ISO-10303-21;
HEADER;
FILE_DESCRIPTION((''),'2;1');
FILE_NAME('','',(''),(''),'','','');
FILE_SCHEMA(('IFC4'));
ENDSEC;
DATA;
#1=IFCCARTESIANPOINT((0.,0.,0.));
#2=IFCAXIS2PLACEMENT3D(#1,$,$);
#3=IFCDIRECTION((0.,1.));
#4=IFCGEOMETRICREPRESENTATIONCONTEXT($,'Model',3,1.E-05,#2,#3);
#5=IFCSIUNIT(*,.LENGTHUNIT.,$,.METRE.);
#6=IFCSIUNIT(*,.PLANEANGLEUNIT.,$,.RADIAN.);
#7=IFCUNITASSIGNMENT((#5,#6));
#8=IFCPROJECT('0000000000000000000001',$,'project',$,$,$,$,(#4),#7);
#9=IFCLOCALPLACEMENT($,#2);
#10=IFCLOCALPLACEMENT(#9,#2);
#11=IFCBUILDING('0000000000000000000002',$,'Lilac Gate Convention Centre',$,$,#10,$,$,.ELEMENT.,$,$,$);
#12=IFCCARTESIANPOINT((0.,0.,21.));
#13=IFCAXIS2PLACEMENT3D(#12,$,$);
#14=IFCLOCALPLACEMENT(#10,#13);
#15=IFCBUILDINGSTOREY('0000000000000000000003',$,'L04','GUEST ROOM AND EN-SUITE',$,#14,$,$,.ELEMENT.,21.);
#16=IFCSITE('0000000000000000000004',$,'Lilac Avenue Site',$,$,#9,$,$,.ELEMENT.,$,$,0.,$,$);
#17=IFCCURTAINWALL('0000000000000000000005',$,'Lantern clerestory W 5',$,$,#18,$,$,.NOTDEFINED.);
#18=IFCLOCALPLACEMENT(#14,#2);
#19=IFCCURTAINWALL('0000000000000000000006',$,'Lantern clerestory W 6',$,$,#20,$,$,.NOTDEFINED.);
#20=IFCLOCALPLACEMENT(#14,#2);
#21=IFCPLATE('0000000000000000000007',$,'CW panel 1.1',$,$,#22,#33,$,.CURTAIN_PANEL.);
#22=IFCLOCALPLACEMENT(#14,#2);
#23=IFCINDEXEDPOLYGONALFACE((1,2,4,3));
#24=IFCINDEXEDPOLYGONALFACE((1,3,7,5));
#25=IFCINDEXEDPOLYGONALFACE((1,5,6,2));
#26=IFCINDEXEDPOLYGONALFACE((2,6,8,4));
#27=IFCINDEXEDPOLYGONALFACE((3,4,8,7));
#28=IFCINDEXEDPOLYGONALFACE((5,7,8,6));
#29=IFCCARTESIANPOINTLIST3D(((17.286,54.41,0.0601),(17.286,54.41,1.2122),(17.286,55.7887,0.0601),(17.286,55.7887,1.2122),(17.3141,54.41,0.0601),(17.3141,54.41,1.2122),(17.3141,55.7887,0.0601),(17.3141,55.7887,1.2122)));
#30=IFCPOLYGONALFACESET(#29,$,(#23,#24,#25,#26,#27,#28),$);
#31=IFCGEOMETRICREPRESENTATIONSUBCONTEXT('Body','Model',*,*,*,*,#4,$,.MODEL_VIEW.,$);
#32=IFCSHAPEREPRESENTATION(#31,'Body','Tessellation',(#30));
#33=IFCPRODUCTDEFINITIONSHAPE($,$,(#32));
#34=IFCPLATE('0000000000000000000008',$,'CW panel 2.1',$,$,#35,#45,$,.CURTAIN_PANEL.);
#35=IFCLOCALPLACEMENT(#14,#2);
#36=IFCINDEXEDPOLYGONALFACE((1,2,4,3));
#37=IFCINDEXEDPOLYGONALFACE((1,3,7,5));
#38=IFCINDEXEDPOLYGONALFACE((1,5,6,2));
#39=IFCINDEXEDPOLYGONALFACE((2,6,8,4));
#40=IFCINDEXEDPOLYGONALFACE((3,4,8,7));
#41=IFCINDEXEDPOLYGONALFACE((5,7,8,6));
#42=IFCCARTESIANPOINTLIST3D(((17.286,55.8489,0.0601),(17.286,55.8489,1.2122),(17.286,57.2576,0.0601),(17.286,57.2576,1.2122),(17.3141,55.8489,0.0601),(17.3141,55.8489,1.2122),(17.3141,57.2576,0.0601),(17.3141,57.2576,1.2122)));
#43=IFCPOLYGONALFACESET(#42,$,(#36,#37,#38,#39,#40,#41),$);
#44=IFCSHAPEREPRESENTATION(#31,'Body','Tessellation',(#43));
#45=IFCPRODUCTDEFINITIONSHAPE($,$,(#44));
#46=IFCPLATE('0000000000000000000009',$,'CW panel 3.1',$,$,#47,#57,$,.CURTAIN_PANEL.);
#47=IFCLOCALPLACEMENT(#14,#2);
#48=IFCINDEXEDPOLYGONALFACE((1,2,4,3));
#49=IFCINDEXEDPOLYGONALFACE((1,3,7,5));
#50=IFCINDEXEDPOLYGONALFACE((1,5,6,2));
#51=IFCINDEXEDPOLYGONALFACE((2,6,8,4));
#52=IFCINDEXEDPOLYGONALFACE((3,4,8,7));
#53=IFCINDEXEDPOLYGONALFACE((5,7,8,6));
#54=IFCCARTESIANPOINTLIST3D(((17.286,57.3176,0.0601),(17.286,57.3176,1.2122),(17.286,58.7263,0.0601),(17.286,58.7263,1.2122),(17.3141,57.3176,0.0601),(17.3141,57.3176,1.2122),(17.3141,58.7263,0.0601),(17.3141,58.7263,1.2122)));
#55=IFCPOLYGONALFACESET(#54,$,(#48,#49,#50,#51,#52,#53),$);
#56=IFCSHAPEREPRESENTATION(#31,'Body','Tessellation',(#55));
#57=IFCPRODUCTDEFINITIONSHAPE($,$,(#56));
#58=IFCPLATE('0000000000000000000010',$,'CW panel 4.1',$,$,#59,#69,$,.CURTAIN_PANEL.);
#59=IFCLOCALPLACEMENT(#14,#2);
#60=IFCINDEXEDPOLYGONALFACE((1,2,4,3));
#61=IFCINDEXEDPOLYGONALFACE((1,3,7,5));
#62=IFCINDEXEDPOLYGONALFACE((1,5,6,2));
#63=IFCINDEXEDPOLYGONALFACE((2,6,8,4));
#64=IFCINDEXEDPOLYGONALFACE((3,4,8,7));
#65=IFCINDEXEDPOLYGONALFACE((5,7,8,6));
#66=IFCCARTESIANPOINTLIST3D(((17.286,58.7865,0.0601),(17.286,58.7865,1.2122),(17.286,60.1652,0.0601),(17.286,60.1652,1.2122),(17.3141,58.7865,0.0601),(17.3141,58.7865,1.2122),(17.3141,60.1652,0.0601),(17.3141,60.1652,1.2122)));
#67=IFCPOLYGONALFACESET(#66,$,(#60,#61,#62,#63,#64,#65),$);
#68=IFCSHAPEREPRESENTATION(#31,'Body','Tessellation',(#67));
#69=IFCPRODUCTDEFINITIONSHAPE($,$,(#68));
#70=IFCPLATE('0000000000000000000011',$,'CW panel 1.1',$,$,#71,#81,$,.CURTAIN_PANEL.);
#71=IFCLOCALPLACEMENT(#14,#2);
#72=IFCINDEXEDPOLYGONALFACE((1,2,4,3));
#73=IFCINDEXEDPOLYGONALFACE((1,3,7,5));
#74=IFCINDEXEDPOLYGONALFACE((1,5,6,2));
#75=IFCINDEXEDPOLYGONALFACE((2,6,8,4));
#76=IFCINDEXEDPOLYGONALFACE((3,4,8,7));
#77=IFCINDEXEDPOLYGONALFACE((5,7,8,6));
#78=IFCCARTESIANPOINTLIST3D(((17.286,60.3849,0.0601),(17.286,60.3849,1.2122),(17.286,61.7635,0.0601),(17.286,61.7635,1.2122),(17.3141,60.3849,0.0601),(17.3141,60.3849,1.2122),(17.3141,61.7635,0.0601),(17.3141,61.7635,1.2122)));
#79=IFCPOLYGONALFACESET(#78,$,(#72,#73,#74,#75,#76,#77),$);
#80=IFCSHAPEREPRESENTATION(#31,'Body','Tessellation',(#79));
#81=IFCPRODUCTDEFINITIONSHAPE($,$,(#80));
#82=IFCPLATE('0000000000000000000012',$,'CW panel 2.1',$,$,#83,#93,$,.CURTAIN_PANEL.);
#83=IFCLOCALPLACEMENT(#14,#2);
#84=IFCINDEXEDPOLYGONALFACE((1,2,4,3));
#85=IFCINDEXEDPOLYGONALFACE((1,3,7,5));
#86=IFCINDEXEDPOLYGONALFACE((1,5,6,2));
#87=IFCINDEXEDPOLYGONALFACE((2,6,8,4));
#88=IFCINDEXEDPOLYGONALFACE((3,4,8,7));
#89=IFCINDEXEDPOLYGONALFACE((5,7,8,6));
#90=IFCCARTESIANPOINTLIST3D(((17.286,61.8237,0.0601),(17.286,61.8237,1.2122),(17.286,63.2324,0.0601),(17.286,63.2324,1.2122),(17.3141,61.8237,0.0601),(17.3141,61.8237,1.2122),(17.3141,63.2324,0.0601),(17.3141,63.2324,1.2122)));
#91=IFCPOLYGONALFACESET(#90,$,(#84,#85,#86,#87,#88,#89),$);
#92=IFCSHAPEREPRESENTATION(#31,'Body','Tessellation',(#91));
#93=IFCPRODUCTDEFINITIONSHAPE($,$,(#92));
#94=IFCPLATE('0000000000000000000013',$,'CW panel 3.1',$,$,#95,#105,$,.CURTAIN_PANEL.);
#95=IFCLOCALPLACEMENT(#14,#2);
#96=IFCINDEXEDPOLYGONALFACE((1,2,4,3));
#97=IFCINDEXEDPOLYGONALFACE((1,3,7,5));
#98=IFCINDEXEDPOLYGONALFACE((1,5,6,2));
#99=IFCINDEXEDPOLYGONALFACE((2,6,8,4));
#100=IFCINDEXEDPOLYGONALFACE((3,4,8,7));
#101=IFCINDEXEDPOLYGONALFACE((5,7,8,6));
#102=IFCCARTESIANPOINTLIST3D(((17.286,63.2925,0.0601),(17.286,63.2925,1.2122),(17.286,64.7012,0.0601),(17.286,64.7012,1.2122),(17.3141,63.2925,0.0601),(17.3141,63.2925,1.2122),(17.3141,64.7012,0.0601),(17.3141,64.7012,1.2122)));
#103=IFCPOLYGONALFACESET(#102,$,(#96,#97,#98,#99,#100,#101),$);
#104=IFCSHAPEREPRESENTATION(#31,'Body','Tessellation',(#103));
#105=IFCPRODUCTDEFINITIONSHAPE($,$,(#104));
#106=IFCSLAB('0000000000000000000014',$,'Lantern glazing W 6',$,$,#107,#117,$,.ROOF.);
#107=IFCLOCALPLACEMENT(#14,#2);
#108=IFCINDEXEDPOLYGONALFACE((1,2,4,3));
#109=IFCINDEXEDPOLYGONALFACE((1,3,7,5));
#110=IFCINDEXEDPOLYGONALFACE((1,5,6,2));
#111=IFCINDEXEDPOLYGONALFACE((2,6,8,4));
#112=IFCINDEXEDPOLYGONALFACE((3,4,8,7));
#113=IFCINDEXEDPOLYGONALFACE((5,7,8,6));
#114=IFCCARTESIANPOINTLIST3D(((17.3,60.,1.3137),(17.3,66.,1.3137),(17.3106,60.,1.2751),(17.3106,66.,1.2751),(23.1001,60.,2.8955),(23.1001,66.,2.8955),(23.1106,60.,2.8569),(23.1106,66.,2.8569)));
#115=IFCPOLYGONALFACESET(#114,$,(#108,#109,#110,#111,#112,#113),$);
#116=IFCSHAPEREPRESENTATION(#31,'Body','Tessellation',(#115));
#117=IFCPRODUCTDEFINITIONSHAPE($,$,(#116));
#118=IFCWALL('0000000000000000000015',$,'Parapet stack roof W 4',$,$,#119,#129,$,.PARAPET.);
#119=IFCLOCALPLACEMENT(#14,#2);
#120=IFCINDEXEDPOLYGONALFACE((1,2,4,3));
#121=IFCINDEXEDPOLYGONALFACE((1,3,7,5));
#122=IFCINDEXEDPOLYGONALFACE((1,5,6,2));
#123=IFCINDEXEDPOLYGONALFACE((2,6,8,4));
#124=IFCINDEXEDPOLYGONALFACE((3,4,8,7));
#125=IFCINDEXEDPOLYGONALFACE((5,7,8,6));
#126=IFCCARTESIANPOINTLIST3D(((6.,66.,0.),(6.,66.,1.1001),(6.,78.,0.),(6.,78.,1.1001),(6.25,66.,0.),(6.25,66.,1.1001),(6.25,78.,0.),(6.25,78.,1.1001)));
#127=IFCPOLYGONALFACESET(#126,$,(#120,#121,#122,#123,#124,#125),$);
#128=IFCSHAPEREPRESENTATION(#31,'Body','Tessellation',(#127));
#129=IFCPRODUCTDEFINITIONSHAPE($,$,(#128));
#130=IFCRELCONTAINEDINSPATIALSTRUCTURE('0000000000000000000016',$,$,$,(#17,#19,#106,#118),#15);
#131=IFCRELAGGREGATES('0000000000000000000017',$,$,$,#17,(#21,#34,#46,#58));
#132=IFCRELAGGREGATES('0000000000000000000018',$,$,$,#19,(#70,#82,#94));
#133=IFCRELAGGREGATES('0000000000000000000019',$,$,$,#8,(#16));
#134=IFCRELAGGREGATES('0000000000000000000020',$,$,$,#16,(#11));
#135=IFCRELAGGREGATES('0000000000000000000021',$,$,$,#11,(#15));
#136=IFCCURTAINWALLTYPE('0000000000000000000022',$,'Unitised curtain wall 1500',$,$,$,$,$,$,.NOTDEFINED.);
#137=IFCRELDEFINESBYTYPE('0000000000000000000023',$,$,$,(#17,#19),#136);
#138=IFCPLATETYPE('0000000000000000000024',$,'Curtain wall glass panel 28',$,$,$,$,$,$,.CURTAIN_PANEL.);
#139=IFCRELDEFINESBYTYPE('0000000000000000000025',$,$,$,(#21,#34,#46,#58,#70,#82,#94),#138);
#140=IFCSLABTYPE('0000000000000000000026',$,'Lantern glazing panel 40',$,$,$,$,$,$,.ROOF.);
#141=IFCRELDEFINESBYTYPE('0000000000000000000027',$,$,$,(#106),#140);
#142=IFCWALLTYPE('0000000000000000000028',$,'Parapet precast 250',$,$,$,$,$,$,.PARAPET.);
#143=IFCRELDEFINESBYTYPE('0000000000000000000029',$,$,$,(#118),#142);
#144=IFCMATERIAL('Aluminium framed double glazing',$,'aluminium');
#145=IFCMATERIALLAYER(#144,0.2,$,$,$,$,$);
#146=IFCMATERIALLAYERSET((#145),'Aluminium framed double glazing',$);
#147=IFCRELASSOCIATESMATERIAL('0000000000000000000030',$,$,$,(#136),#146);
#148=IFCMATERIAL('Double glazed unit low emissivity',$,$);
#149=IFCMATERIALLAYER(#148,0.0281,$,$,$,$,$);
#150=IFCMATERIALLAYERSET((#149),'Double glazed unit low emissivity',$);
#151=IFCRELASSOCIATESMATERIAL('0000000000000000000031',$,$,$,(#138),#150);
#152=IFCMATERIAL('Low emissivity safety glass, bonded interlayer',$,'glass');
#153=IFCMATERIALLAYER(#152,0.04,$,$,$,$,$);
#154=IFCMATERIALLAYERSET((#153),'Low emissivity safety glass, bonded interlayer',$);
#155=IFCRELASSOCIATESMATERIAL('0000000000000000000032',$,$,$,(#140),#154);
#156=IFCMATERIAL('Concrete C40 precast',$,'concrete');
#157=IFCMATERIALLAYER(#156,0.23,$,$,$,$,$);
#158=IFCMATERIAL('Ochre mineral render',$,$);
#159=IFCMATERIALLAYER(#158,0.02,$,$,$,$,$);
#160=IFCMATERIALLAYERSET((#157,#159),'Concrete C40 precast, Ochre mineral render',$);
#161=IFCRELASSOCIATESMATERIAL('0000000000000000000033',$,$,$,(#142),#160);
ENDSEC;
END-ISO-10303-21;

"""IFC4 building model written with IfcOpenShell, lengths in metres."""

from ifc_helpers import new_model, si_unit, direction, frame, frame_2d, origin, origin_2d, place, context, subcontext, project, spatial, polyline, rectangle, outline, extrude, material, layer, layer_set, type_object, element, aggregate, save


model = new_model("IFC4")

# Units and contexts
model_context = context("Model", 3, precision=1e-05, world=origin(), true_north=direction((0.0, 1.0)))
body_context = subcontext(model_context, "Body", "Model", "MODEL_VIEW")
ifc_project = project(units=[si_unit("LENGTHUNIT", "METRE"), si_unit("PLANEANGLEUNIT", "RADIAN")], contexts=[model_context])

# Site, building, storey
site_placement = place(None, origin())
site = spatial("IfcSite", under=ifc_project, at=site_placement, Name="Lilac Avenue Site", CompositionType="ELEMENT", RefElevation=0.0)
building_placement = place(site_placement, origin())
building = spatial("IfcBuilding", under=site, at=building_placement, Name="Lilac Gate Convention Centre", CompositionType="ELEMENT")
storey_placement = place(building_placement, frame((0.0, 0.0, 21.0)))
storey = spatial("IfcBuildingStorey", under=building, at=storey_placement, Name="L04", Description="GUEST ROOM AND EN-SUITE", CompositionType="ELEMENT", Elevation=21.0)

# Shared definitions
ifc_material_1 = material(Name="Aluminium framed double glazing", Category="aluminium")
ifc_layer_1 = layer(ifc_material_1, 0.2)
ifc_layer_set_1 = layer_set([ifc_layer_1], Name="Aluminium framed double glazing")
curtain_wall_type = type_object("IfcCurtainWallType", Name="Unitised curtain wall 1500", PredefinedType="NOTDEFINED", material=ifc_layer_set_1)

# Curtain walls
curtain_wall_1_placement = place(storey_placement, origin())
curtain_wall_1 = element("IfcCurtainWall", 1, at=curtain_wall_1_placement, inside=storey, type_object=curtain_wall_type, Name="Lantern clerestory W 5", PredefinedType="NOTDEFINED")
curtain_wall_2_placement = place(storey_placement, origin())
curtain_wall_2 = element("IfcCurtainWall", 2, at=curtain_wall_2_placement, inside=storey, type_object=curtain_wall_type, Name="Lantern clerestory W 6", PredefinedType="NOTDEFINED")

# Plates
ifc_material_2 = material(Name="Double glazed unit low emissivity")
ifc_layer_2 = layer(ifc_material_2, 0.0281)
ifc_layer_set_2 = layer_set([ifc_layer_2], Name="Double glazed unit low emissivity")
plate_type = type_object("IfcPlateType", Name="Curtain wall glass panel 28", PredefinedType="CURTAIN_PANEL", material=ifc_layer_set_2)
plate_1_placement = place(storey_placement, frame((17.3, 55.0994, 0.0601), z_axis=(0.0, 0.0, 1.0), x_axis=(0.0, 1.0, 0.0)))
plate_1 = element("IfcPlate", 3, at=plate_1_placement, type_object=plate_type, Name="CW panel 1.1", PredefinedType="CURTAIN_PANEL", context=body_context, shape_type="SweptSolid", body=[
    extrude(rectangle(XDim=1.3787, YDim=0.0281, at=origin_2d()), origin(), (0.0, 0.0, 1.0), 1.1521),
])
plate_2_placement = place(storey_placement, frame((17.3, 56.5532, 0.0601), z_axis=(0.0, 0.0, 1.0), x_axis=(0.0, 1.0, 0.0)))
plate_2 = element("IfcPlate", 4, at=plate_2_placement, type_object=plate_type, Name="CW panel 2.1", PredefinedType="CURTAIN_PANEL", context=body_context, shape_type="SweptSolid", body=[
    extrude(rectangle(XDim=1.4087, YDim=0.0281, at=origin_2d()), origin(), (0.0, 0.0, 1.0), 1.1521),
])
plate_3_placement = place(storey_placement, frame((17.3, 58.022, 0.0601), z_axis=(0.0, 0.0, 1.0), x_axis=(0.0, 1.0, 0.0)))
plate_3 = element("IfcPlate", 5, at=plate_3_placement, type_object=plate_type, Name="CW panel 3.1", PredefinedType="CURTAIN_PANEL", context=body_context, shape_type="SweptSolid", body=[
    extrude(rectangle(XDim=1.4087, YDim=0.0281, at=origin_2d()), origin(), (0.0, 0.0, 1.0), 1.1521),
])
plate_4_placement = place(storey_placement, frame((17.3, 59.4758, 0.0601), z_axis=(0.0, 0.0, 1.0), x_axis=(0.0, 1.0, 0.0)))
plate_4 = element("IfcPlate", 6, at=plate_4_placement, type_object=plate_type, Name="CW panel 4.1", PredefinedType="CURTAIN_PANEL", context=body_context, shape_type="SweptSolid", body=[
    extrude(rectangle(XDim=1.3787, YDim=0.0281, at=origin_2d()), origin(), (0.0, 0.0, 1.0), 1.1521),
])
aggregate(curtain_wall_1, [plate_1, plate_2, plate_3, plate_4])
plate_5_placement = place(storey_placement, frame((17.3, 61.0742, 0.0601), z_axis=(0.0, 0.0, 1.0), x_axis=(0.0, 1.0, 0.0)))
plate_5 = element("IfcPlate", 7, at=plate_5_placement, type_object=plate_type, Name="CW panel 1.1", PredefinedType="CURTAIN_PANEL", context=body_context, shape_type="SweptSolid", body=[
    extrude(rectangle(XDim=1.3787, YDim=0.0281, at=origin_2d()), origin(), (0.0, 0.0, 1.0), 1.1521),
])
plate_6_placement = place(storey_placement, frame((17.3, 62.5281, 0.0601), z_axis=(0.0, 0.0, 1.0), x_axis=(0.0, 1.0, 0.0)))
plate_6 = element("IfcPlate", 8, at=plate_6_placement, type_object=plate_type, Name="CW panel 2.1", PredefinedType="CURTAIN_PANEL", context=body_context, shape_type="SweptSolid", body=[
    extrude(rectangle(XDim=1.4087, YDim=0.0281, at=origin_2d()), origin(), (0.0, 0.0, 1.0), 1.1521),
])
plate_7_placement = place(storey_placement, frame((17.3, 63.9968, 0.0601), z_axis=(0.0, 0.0, 1.0), x_axis=(0.0, 1.0, 0.0)))
plate_7 = element("IfcPlate", 9, at=plate_7_placement, type_object=plate_type, Name="CW panel 3.1", PredefinedType="CURTAIN_PANEL", context=body_context, shape_type="SweptSolid", body=[
    extrude(rectangle(XDim=1.4087, YDim=0.0281, at=origin_2d()), origin(), (0.0, 0.0, 1.0), 1.1521),
])
aggregate(curtain_wall_2, [plate_5, plate_6, plate_7])

# Slab
ifc_material_3 = material(Name="Low emissivity safety glass, bonded interlayer", Category="glass")
ifc_layer_3 = layer(ifc_material_3, 0.04)
ifc_layer_set_3 = layer_set([ifc_layer_3], Name="Low emissivity safety glass, bonded interlayer")
slab_type = type_object("IfcSlabType", Name="Lantern glazing panel 40", PredefinedType="ROOF", material=ifc_layer_set_3)
slab_placement = place(storey_placement, frame((17.3, 60.0, 1.3137), z_axis=(-0.263111, 0.0, 0.964766), x_axis=(0.964766, 0.0, 0.263111)))
element("IfcSlab", 10, at=slab_placement, inside=storey, type_object=slab_type, Name="Lantern glazing W 6", PredefinedType="ROOF", context=body_context, shape_type="SweptSolid", body=[
    extrude(outline(polyline([(0.0, 0.0), (6.0119, 0.0), (6.0119, 6.0), (0.0, 6.0), (0.0, 0.0)])), origin(), (0.0, 0.0, -1.0), 0.04),
])

# Wall
ifc_material_4 = material(Name="Concrete C40 precast", Category="concrete")
ifc_layer_4 = layer(ifc_material_4, 0.23)
ifc_material_5 = material(Name="Ochre mineral render")
ifc_layer_5 = layer(ifc_material_5, 0.02)
ifc_layer_set_4 = layer_set([ifc_layer_4, ifc_layer_5], Name="Concrete C40 precast, Ochre mineral render")
wall_type = type_object("IfcWallType", Name="Parapet precast 250", PredefinedType="PARAPET", material=ifc_layer_set_4)
wall_placement = place(storey_placement, frame((6.125, 66.0, 0.0), z_axis=(0.0, 0.0, 1.0), x_axis=(0.0, 1.0, 0.0)))
element("IfcWall", 11, at=wall_placement, inside=storey, type_object=wall_type, Name="Parapet stack roof W 4", PredefinedType="PARAPET", context=body_context, shape_type="SweptSolid", body=[
    extrude(rectangle(XDim=12.0, YDim=0.25, at=frame_2d((6.0, 0.0))), origin(), (0.0, 0.0, 1.0), 1.1001),
])

save(model, "model.ifc")
